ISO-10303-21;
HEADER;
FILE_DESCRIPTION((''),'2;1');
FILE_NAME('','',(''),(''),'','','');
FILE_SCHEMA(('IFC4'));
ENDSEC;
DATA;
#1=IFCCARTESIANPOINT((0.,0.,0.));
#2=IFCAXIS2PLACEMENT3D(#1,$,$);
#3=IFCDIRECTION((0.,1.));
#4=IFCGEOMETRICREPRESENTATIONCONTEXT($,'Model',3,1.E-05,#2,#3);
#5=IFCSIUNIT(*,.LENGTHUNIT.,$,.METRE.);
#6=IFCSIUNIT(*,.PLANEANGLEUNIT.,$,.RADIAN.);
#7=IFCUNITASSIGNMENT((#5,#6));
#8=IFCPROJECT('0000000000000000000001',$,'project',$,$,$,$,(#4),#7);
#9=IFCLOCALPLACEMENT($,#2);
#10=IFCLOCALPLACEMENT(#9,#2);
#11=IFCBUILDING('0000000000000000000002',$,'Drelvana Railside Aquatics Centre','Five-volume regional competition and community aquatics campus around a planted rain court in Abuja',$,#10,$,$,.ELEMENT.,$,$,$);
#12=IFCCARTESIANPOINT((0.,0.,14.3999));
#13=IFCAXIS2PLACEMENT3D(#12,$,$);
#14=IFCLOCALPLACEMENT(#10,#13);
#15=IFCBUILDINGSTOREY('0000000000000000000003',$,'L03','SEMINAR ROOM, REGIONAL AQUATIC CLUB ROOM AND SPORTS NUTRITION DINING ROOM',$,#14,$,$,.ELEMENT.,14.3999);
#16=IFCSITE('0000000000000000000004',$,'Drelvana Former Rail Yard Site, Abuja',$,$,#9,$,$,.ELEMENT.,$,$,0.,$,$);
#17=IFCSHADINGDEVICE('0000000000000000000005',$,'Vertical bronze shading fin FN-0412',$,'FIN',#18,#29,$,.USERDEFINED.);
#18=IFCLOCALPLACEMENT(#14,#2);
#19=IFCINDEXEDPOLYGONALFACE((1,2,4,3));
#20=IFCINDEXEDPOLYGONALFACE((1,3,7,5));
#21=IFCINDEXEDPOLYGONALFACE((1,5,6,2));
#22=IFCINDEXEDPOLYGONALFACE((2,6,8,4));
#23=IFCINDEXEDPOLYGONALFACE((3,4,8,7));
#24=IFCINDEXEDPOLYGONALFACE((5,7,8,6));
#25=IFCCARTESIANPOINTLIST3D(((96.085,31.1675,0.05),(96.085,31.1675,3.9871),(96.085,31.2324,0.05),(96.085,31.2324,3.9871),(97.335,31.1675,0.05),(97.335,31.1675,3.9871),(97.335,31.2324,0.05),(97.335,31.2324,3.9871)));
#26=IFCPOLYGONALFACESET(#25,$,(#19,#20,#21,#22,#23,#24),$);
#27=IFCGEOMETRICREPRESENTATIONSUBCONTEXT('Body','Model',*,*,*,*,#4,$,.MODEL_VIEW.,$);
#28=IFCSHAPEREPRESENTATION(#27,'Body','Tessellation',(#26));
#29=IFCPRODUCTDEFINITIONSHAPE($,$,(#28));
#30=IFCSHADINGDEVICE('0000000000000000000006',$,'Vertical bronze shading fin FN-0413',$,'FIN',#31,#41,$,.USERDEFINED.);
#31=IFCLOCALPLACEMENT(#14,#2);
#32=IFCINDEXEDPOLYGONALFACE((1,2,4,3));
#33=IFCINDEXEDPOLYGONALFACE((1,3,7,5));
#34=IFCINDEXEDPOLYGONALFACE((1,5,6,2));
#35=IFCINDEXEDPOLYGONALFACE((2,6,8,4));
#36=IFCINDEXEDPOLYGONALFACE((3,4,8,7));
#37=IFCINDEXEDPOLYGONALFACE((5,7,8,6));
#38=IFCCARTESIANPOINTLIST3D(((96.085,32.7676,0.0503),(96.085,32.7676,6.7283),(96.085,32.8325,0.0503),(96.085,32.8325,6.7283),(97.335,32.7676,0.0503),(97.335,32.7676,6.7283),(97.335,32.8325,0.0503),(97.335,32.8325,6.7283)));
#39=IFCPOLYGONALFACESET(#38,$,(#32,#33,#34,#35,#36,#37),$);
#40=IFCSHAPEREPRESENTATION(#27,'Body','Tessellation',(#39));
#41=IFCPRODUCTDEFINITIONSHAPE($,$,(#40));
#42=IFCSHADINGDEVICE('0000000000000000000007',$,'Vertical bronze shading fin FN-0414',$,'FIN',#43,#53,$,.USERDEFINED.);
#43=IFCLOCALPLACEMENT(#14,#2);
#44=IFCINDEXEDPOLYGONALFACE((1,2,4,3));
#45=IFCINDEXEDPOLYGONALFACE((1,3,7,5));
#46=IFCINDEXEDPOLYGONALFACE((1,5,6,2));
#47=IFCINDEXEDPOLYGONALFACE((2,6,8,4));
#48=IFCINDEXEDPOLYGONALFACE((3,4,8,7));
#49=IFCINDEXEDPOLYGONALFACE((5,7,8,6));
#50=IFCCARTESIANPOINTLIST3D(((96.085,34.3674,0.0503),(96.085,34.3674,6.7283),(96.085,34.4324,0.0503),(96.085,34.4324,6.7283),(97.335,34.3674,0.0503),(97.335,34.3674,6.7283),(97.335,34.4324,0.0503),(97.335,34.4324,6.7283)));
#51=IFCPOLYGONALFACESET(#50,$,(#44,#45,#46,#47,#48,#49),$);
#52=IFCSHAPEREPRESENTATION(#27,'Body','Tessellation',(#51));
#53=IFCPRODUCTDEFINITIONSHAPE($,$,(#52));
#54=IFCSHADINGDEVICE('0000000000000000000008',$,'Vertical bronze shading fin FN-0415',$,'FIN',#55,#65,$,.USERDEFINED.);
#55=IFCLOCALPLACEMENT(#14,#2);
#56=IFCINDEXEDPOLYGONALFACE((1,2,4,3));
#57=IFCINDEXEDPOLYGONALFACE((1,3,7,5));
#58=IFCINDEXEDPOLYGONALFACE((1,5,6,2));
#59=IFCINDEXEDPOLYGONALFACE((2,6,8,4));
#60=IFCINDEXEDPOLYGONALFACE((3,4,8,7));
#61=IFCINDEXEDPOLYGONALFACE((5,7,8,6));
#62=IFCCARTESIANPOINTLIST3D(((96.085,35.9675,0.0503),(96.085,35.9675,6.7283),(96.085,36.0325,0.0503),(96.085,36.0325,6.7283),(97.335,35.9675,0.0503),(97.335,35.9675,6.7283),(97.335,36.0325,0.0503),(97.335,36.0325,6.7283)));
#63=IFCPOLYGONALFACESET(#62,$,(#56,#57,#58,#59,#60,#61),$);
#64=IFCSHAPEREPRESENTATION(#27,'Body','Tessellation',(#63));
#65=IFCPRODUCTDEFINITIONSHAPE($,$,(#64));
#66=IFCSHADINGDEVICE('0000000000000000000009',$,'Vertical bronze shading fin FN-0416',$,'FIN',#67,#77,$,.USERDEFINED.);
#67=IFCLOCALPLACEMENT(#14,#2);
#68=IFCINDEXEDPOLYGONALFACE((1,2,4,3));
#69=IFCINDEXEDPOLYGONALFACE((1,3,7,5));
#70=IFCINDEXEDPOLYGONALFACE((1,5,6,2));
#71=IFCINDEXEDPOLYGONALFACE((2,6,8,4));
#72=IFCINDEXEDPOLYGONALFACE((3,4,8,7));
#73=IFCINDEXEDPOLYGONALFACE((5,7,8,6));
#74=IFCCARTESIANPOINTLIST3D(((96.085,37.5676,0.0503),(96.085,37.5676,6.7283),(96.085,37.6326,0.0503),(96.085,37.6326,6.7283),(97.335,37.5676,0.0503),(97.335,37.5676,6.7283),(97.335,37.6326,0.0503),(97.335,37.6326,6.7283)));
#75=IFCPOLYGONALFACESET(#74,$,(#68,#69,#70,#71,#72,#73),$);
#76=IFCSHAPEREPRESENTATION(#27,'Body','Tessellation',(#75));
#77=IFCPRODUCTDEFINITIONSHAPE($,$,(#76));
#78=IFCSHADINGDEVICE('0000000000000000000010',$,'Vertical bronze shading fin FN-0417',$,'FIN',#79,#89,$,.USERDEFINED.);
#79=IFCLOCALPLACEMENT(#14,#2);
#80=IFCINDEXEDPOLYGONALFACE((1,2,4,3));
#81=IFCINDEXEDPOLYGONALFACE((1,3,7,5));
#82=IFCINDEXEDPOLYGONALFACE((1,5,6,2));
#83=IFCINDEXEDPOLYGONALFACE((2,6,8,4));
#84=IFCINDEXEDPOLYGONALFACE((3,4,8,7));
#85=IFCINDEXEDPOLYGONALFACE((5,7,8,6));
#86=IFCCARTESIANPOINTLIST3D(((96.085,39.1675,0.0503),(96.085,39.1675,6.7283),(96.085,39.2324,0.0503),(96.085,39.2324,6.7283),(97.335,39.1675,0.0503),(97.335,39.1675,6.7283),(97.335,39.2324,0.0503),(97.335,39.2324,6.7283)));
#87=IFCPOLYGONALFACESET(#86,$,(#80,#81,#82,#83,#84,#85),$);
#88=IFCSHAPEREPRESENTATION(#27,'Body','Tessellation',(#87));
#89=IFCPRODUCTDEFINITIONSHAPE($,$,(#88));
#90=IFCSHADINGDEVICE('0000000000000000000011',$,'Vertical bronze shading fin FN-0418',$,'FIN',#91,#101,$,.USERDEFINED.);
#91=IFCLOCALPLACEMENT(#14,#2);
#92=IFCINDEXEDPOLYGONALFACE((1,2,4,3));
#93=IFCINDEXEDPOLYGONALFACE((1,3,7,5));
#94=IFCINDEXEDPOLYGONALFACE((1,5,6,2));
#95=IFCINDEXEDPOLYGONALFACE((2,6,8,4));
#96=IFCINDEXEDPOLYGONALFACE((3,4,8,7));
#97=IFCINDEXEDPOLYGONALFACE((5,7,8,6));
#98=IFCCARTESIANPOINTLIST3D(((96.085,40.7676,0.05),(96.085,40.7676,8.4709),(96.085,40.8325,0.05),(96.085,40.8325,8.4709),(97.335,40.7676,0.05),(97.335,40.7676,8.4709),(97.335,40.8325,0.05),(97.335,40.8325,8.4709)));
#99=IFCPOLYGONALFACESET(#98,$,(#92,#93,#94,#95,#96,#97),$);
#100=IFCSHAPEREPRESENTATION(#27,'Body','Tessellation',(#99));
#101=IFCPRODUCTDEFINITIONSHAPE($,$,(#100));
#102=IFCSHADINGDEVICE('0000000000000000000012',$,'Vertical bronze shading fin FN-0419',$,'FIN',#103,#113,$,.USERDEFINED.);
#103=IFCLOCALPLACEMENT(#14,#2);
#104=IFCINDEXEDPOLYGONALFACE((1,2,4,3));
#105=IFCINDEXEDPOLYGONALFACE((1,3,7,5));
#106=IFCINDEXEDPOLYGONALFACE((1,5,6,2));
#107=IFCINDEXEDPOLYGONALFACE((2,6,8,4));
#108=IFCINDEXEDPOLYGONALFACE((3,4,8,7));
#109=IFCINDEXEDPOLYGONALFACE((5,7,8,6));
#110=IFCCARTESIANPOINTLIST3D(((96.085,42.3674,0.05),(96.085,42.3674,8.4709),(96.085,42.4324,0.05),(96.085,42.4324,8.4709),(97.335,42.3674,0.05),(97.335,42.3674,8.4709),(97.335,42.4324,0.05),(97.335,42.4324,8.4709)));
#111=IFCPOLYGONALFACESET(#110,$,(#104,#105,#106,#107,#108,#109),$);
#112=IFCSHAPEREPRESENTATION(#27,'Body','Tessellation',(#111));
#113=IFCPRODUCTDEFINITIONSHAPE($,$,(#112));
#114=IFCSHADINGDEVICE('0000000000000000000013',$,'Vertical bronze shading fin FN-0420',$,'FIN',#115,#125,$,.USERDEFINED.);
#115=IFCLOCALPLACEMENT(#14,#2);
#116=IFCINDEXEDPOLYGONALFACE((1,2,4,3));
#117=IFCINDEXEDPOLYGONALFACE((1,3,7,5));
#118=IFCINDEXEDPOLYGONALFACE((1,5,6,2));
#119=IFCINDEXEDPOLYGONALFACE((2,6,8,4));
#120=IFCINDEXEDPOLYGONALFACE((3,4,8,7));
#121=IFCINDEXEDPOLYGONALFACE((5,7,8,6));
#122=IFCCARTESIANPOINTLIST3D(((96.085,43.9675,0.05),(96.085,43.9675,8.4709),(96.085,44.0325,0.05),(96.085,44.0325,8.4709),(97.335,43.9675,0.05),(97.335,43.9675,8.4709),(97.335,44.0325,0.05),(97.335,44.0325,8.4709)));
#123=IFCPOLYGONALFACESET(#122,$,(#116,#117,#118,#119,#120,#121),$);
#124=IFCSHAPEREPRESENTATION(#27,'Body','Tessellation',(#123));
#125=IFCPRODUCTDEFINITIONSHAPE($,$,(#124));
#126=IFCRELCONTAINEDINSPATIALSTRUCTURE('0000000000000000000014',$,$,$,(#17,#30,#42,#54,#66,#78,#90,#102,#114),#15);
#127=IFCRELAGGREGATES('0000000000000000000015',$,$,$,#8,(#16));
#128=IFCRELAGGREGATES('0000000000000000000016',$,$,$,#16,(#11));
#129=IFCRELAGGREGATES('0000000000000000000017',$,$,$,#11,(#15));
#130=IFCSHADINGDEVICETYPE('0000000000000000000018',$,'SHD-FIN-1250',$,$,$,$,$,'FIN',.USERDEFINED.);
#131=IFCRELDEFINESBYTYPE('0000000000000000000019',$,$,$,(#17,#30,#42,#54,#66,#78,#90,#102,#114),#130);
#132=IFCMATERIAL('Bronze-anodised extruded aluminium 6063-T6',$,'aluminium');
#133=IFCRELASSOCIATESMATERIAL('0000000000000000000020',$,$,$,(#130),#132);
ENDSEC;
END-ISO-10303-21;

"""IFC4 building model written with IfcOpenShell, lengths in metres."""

from ifc_helpers import new_model, si_unit, direction, frame, origin, origin_2d, place, context, subcontext, project, spatial, rectangle, extrude, material, type_object, element, save


model = new_model("IFC4")

# Units and contexts
model_context = context("Model", 3, precision=1e-05, world=origin(), true_north=direction((0.0, 1.0)))
body_context = subcontext(model_context, "Body", "Model", "MODEL_VIEW")
ifc_project = project(units=[si_unit("LENGTHUNIT", "METRE"), si_unit("PLANEANGLEUNIT", "RADIAN")], contexts=[model_context])

# Site, building, storey
site_placement = place(None, origin())
site = spatial("IfcSite", under=ifc_project, at=site_placement, Name="Drelvana Former Rail Yard Site, Abuja", CompositionType="ELEMENT", RefElevation=0.0)
building_placement = place(site_placement, origin())
building = spatial("IfcBuilding", under=site, at=building_placement, Name="Drelvana Railside Aquatics Centre", Description="Five-volume regional competition and community aquatics campus around a planted rain court in Abuja", CompositionType="ELEMENT")
storey_placement = place(building_placement, frame((0.0, 0.0, 14.3999)))
storey = spatial("IfcBuildingStorey", under=building, at=storey_placement, Name="L03", Description="SEMINAR ROOM, REGIONAL AQUATIC CLUB ROOM AND SPORTS NUTRITION DINING ROOM", CompositionType="ELEMENT", Elevation=14.3999)

# Shared definitions
ifc_material = material(Name="Bronze-anodised extruded aluminium 6063-T6", Category="aluminium")

# Shading devices
shading_device_type = type_object("IfcShadingDeviceType", Name="SHD-FIN-1250", ElementType="FIN", PredefinedType="USERDEFINED", material=ifc_material)
for number, where, z_axis, x_axis, name in (
    (1, (96.71, 31.2, 0.05), (0.0, 0.0, 1.0), (1.0, 0.0, 0.0), "Vertical bronze shading fin FN-0412"),
):
    element("IfcShadingDevice", number, at=place(storey_placement, frame(where, z_axis=z_axis, x_axis=x_axis)), inside=storey, type_object=shading_device_type, Name=name, ObjectType="FIN", PredefinedType="USERDEFINED", context=body_context, shape_type="SweptSolid", body=[
        extrude(rectangle(XDim=1.25, YDim=0.0649, at=origin_2d()), origin(), (0.0, 0.0, 1.0), 3.937),
    ])
for number, where, z_axis, x_axis, name in (
    (2, (96.71, 32.8, 0.0503), (0.0, 0.0, 1.0), (1.0, 0.0, 0.0), "Vertical bronze shading fin FN-0413"),
    (3, (96.71, 34.3999, 0.0503), (0.0, 0.0, 1.0), (1.0, 0.0, 0.0), "Vertical bronze shading fin FN-0414"),
    (4, (96.71, 36.0, 0.0503), (0.0, 0.0, 1.0), (1.0, 0.0, 0.0), "Vertical bronze shading fin FN-0415"),
    (5, (96.71, 37.6001, 0.0503), (0.0, 0.0, 1.0), (1.0, 0.0, 0.0), "Vertical bronze shading fin FN-0416"),
    (6, (96.71, 39.2, 0.0503), (0.0, 0.0, 1.0), (1.0, 0.0, 0.0), "Vertical bronze shading fin FN-0417"),
):
    element("IfcShadingDevice", number, at=place(storey_placement, frame(where, z_axis=z_axis, x_axis=x_axis)), inside=storey, type_object=shading_device_type, Name=name, ObjectType="FIN", PredefinedType="USERDEFINED", context=body_context, shape_type="SweptSolid", body=[
        extrude(rectangle(XDim=1.25, YDim=0.0649, at=origin_2d()), origin(), (0.0, 0.0, 1.0), 6.678),
    ])
for number, where, z_axis, x_axis, name in (
    (7, (96.71, 40.8, 0.05), (0.0, 0.0, 1.0), (1.0, 0.0, 0.0), "Vertical bronze shading fin FN-0418"),
    (8, (96.71, 42.3999, 0.05), (0.0, 0.0, 1.0), (1.0, 0.0, 0.0), "Vertical bronze shading fin FN-0419"),
    (9, (96.71, 44.0, 0.05), (0.0, 0.0, 1.0), (1.0, 0.0, 0.0), "Vertical bronze shading fin FN-0420"),
):
    element("IfcShadingDevice", number, at=place(storey_placement, frame(where, z_axis=z_axis, x_axis=x_axis)), inside=storey, type_object=shading_device_type, Name=name, ObjectType="FIN", PredefinedType="USERDEFINED", context=body_context, shape_type="SweptSolid", body=[
        extrude(rectangle(XDim=1.25, YDim=0.0649, at=origin_2d()), origin(), (0.0, 0.0, 1.0), 8.4209),
    ])

save(model, "model.ifc")
